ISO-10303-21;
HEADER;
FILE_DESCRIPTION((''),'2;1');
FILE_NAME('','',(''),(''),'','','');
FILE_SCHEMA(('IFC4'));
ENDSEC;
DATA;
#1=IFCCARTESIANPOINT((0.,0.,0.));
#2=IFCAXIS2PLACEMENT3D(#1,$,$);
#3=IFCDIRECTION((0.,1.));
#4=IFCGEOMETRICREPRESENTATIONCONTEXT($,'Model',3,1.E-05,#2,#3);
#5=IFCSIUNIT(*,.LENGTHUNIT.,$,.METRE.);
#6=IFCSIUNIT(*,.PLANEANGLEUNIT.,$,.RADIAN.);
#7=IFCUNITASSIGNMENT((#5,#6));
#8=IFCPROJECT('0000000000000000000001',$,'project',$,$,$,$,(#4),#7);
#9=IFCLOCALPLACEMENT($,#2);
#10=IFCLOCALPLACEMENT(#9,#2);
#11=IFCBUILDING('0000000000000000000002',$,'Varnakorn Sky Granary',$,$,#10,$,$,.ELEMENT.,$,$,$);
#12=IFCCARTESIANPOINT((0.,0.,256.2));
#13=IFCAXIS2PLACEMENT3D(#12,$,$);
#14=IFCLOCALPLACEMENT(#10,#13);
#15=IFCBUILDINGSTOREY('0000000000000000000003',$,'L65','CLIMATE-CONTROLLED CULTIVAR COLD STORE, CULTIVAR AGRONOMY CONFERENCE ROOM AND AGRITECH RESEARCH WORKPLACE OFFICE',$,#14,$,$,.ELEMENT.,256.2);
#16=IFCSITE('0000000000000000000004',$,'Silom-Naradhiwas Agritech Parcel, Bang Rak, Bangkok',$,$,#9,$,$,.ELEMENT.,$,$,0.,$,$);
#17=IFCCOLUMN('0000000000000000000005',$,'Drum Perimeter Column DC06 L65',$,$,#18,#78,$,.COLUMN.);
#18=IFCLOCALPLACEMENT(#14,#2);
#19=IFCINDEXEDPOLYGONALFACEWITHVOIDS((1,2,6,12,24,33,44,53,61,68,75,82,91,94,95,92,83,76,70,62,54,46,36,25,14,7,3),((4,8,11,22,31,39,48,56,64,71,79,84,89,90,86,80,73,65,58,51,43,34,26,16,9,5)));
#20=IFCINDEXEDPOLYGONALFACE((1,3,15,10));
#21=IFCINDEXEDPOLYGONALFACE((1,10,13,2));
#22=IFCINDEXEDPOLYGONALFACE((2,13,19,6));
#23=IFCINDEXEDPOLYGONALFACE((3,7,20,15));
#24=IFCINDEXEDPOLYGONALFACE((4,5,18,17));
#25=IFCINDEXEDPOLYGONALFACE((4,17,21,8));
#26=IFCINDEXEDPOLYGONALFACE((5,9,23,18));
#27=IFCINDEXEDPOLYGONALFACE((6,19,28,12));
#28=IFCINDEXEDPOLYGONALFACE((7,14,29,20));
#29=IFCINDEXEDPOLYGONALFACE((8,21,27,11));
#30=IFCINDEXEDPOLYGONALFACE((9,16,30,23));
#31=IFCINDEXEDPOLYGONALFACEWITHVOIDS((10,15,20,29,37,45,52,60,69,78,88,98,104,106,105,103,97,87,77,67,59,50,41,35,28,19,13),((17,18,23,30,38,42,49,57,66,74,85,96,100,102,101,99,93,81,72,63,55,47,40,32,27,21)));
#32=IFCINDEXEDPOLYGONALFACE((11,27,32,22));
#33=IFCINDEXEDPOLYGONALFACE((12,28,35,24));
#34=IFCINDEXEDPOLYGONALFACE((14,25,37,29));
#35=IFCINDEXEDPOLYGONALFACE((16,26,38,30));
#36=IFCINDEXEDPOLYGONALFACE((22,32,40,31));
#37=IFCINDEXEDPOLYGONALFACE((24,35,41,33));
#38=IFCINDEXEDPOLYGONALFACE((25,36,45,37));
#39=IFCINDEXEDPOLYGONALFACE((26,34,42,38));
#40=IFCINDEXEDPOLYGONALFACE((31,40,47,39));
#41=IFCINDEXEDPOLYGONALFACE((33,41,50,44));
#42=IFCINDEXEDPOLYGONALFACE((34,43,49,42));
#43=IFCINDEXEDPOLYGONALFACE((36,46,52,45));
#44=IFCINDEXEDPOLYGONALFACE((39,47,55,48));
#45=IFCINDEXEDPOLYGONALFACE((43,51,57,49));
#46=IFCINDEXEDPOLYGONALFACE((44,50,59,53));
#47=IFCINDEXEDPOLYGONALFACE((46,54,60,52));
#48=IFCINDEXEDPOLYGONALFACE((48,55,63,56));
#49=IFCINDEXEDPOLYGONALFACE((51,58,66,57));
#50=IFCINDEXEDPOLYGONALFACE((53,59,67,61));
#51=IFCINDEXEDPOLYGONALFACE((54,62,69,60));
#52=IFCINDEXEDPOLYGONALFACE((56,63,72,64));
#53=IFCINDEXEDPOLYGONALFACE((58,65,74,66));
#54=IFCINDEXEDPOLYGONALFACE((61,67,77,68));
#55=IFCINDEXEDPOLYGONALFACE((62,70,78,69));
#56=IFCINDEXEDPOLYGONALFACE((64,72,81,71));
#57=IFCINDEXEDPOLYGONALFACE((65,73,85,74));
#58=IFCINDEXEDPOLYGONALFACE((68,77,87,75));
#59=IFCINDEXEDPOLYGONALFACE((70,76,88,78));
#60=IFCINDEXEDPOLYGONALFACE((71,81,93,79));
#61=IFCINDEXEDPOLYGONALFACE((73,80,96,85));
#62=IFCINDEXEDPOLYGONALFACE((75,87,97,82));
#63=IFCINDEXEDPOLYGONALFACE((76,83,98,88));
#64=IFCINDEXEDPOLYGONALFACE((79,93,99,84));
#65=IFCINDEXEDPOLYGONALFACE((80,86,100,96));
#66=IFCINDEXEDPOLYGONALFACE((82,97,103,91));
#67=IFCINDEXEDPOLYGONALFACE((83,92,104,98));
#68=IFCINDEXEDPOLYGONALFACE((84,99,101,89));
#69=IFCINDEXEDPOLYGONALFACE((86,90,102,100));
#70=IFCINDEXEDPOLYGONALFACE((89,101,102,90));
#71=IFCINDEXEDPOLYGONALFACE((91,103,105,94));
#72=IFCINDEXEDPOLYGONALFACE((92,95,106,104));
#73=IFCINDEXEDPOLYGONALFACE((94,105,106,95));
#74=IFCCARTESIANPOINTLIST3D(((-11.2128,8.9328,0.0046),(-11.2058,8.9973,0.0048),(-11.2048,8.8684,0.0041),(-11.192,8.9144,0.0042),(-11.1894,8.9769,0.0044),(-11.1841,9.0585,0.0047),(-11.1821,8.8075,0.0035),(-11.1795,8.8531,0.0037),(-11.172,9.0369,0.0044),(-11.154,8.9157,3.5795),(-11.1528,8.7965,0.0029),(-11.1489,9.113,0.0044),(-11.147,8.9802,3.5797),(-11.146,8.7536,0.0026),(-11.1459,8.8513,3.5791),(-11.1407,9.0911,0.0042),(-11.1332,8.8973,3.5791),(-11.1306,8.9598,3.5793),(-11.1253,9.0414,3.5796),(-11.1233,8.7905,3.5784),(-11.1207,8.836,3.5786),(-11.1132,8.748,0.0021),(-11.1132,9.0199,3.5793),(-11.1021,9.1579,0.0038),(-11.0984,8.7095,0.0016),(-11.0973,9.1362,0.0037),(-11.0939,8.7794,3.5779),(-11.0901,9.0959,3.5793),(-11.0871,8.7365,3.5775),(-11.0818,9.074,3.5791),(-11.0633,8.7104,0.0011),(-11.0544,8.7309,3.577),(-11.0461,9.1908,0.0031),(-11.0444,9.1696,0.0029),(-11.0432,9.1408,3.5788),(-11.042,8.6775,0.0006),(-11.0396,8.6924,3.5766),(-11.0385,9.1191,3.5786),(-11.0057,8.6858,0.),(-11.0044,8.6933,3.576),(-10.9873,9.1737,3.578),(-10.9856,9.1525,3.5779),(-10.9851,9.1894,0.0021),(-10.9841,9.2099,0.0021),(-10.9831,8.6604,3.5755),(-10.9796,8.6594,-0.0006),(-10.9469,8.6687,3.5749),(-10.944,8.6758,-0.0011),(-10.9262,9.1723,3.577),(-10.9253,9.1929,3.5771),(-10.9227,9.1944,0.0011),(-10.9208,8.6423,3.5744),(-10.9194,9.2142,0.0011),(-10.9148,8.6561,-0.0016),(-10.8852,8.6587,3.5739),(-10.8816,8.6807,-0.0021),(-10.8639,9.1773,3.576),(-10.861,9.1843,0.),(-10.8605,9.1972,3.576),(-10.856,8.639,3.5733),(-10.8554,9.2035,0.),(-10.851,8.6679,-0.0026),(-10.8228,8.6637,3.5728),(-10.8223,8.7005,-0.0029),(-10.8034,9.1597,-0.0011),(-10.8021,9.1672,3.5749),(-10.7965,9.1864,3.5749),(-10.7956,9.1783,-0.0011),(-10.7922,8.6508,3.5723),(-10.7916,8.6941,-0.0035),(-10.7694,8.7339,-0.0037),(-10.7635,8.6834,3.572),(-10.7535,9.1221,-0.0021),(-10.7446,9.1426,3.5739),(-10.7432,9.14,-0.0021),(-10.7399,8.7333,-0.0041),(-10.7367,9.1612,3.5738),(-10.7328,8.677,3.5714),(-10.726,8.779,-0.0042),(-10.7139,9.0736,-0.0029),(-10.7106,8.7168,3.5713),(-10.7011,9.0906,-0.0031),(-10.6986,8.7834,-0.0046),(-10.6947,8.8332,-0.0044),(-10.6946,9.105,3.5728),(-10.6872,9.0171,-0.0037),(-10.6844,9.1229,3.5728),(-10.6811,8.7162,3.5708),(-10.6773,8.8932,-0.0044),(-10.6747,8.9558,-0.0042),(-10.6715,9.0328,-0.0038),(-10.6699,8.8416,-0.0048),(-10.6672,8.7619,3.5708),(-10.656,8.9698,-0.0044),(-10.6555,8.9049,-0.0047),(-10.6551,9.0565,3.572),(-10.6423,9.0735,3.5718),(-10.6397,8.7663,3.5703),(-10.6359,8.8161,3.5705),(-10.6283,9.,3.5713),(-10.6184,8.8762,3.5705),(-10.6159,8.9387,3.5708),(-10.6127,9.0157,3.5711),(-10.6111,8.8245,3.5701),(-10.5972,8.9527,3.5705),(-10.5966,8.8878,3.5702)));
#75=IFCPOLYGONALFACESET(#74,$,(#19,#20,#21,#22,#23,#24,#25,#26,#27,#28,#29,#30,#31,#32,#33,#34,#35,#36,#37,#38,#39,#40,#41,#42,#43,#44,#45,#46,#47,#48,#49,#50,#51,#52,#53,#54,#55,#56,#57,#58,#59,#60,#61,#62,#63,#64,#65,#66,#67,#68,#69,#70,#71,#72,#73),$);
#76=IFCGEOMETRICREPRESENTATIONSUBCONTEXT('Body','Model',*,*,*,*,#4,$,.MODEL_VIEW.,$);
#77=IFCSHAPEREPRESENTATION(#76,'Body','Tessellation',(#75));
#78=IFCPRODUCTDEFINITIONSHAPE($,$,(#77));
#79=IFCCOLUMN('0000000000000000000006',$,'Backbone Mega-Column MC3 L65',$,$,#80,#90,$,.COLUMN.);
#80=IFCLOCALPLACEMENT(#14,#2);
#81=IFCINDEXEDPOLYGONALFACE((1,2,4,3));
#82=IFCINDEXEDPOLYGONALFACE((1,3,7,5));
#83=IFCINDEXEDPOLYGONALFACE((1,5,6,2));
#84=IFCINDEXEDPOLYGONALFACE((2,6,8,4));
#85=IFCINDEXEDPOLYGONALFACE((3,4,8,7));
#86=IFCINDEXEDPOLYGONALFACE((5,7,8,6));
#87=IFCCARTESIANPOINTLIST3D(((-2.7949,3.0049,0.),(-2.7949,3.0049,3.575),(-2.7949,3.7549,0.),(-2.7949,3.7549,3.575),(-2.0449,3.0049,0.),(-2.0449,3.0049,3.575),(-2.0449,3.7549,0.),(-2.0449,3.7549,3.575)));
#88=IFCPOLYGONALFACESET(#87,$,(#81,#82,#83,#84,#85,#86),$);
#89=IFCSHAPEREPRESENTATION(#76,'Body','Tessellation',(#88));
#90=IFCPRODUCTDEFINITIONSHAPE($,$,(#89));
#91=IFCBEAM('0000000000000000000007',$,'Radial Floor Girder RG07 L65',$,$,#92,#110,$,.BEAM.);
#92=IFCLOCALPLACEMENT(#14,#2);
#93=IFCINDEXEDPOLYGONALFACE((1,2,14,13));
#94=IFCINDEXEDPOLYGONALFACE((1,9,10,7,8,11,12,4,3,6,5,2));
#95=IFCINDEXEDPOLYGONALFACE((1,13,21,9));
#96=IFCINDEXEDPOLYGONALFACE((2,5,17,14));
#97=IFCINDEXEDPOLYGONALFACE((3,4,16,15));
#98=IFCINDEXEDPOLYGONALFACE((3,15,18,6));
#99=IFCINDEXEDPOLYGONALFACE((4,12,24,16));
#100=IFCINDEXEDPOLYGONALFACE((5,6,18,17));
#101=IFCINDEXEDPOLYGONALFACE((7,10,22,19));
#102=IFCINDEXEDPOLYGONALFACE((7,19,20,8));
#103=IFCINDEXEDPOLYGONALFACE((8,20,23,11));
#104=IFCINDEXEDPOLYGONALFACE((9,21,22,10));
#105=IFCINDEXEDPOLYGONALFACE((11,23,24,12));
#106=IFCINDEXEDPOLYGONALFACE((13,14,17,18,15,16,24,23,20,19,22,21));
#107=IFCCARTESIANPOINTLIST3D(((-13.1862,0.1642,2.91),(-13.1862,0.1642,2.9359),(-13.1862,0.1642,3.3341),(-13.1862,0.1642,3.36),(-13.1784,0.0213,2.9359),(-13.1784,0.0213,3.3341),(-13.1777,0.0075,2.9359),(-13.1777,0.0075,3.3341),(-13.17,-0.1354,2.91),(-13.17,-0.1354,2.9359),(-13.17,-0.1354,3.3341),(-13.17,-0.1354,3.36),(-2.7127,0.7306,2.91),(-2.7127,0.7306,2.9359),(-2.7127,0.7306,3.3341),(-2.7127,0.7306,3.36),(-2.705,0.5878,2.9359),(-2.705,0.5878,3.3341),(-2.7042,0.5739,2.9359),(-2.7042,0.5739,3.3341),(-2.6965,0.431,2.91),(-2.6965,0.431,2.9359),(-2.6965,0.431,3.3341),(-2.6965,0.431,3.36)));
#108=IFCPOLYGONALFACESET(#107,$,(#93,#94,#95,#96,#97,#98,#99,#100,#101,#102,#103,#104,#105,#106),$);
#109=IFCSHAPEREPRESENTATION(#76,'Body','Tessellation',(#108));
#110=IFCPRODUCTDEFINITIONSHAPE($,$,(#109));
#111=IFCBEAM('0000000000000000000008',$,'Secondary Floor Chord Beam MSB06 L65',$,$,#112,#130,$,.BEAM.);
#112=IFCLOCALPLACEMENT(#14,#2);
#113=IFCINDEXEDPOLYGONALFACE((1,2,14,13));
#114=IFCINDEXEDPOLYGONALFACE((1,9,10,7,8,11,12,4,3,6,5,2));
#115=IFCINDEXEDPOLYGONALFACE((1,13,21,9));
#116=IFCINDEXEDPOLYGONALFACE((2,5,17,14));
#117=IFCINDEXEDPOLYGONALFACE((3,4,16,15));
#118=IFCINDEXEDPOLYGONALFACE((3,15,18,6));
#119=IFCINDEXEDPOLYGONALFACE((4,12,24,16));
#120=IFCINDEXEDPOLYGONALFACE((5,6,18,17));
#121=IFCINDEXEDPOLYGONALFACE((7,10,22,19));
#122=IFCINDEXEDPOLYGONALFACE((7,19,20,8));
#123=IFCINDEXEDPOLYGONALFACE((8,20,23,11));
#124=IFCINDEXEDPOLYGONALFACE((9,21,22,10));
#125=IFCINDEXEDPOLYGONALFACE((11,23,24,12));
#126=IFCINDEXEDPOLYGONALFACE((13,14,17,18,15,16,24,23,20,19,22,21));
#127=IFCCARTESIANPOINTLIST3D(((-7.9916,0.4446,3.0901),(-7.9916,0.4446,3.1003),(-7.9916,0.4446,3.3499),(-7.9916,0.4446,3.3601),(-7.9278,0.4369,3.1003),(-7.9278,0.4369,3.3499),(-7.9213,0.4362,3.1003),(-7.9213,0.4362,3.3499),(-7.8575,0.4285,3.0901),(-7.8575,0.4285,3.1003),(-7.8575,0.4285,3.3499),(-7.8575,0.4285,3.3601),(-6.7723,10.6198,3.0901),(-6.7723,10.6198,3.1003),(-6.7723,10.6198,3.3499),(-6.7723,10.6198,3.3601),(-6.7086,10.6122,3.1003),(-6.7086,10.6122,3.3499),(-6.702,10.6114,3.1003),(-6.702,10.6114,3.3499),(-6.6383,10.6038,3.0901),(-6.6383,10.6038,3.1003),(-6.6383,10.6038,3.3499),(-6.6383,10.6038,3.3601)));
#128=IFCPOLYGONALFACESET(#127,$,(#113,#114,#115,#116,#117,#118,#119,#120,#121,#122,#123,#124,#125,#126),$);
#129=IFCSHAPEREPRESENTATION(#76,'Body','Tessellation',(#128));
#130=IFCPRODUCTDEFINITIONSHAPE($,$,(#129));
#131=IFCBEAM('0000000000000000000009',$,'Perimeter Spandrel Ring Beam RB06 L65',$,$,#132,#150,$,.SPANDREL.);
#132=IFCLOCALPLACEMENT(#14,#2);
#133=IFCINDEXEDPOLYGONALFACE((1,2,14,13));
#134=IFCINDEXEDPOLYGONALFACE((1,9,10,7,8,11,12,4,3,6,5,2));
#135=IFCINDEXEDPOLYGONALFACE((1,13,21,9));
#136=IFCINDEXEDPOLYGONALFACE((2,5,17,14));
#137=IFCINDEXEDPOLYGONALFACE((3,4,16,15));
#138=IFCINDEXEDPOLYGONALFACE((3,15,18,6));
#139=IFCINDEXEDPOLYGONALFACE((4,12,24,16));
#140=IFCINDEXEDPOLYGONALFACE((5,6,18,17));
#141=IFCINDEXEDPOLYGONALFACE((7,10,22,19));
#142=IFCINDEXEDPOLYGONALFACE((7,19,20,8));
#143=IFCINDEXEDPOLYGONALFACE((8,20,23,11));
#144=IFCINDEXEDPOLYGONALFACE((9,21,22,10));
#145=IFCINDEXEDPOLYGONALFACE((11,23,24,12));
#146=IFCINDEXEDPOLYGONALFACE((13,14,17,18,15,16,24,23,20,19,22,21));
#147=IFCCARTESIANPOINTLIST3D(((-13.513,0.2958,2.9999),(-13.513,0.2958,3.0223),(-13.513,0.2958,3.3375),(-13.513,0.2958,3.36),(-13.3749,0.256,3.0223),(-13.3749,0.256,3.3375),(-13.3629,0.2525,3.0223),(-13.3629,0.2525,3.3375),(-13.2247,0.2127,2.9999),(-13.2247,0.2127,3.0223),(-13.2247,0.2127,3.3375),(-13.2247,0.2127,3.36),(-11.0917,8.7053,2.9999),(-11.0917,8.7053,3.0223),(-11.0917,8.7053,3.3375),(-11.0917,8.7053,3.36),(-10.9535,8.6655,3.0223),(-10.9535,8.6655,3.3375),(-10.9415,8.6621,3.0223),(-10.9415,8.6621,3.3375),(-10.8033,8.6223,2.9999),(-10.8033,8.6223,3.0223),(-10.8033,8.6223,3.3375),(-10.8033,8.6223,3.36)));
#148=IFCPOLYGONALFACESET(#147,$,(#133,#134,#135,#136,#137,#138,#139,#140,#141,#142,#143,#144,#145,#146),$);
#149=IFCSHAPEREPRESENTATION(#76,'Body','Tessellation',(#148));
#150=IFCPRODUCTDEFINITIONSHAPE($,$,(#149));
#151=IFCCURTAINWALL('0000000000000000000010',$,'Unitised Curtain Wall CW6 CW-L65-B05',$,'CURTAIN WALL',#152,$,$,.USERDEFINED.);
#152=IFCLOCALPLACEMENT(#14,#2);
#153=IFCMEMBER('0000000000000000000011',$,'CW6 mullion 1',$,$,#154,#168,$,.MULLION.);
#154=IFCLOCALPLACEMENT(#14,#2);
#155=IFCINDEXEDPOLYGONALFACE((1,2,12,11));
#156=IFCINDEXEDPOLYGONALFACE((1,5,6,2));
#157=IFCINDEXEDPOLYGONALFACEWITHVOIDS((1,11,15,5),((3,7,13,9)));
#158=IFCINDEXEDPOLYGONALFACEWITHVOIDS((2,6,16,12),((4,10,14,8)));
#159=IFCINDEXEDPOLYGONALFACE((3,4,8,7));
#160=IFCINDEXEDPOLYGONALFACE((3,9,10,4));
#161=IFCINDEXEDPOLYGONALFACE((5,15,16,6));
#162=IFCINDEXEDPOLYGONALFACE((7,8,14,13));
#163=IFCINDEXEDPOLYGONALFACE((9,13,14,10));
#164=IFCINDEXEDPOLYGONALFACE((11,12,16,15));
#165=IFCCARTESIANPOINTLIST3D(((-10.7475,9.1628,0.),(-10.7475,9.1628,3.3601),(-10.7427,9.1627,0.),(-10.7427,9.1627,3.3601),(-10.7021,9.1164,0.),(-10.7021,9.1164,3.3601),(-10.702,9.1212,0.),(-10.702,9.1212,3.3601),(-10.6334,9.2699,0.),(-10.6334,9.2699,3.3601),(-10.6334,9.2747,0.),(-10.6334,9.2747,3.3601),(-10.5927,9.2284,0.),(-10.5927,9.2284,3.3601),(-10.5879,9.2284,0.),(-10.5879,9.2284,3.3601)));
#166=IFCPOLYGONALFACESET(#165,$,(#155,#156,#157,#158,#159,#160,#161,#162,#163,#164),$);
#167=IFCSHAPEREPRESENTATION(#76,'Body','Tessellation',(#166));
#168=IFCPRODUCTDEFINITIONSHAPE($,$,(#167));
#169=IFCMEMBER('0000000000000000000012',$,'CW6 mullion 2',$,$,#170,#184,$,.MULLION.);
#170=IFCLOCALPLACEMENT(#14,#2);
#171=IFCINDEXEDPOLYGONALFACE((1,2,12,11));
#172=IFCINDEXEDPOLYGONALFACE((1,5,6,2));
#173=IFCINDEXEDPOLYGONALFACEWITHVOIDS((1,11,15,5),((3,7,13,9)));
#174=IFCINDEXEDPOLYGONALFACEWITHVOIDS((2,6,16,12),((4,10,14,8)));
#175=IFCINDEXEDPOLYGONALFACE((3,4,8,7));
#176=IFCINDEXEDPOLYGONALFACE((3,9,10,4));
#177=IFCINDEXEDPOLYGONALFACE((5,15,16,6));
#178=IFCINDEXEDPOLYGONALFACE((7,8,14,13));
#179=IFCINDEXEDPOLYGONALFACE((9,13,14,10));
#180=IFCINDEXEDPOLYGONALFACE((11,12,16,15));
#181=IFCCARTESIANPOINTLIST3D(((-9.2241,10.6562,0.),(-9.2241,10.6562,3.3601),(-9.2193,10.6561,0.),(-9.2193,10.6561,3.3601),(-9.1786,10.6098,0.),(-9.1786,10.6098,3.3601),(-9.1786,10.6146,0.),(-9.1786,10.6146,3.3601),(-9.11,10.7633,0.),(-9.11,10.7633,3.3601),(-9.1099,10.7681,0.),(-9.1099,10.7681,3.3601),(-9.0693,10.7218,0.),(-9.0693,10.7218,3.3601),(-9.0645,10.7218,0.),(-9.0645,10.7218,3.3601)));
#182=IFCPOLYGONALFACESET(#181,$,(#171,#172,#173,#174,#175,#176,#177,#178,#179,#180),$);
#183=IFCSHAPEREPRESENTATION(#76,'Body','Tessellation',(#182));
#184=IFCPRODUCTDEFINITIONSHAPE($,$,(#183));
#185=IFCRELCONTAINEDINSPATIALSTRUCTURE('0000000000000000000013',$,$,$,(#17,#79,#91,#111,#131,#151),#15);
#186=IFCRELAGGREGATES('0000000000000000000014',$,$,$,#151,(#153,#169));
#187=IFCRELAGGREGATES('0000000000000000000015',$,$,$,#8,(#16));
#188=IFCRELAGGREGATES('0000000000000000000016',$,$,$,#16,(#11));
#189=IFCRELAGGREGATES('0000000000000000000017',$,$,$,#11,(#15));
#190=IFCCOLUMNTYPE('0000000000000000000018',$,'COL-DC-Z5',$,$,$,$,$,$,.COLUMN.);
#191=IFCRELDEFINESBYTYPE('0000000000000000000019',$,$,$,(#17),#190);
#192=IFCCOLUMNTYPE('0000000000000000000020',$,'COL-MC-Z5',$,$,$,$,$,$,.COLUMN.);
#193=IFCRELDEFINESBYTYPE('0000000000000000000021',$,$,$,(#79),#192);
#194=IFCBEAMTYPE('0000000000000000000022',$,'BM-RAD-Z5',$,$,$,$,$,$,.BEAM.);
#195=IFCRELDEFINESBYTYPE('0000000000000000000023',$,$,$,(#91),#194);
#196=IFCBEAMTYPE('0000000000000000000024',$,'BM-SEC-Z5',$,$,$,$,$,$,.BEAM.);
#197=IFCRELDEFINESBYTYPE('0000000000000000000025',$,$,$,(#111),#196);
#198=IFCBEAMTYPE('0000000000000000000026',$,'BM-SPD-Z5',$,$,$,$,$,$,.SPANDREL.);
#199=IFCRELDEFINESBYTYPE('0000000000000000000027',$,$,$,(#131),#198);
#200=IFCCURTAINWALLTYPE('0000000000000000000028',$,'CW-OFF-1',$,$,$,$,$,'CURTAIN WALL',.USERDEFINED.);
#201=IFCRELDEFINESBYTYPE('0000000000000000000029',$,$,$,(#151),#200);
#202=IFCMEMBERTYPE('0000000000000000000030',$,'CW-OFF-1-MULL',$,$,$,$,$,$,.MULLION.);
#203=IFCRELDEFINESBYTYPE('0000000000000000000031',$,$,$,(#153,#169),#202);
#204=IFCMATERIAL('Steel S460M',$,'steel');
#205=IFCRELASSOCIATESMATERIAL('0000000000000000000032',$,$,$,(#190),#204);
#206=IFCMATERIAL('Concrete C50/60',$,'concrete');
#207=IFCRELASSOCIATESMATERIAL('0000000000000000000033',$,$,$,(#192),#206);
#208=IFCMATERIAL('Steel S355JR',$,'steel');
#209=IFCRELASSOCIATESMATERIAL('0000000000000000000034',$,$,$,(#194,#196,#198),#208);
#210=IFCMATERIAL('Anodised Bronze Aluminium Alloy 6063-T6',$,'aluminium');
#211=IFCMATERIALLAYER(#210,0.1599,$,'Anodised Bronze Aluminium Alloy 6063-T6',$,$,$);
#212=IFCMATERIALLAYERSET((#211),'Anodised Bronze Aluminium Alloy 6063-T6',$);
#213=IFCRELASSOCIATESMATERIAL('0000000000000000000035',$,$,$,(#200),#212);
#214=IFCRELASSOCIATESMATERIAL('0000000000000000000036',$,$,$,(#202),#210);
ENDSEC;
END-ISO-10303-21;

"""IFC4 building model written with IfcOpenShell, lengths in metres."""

from ifc_helpers import new_model, si_unit, direction, frame, origin, origin_2d, place, context, subcontext, project, spatial, rectangle, hollow_rectangle, hollow_circle, i_section, extrude, material, layer, layer_set, material_profile, profile_set, type_object, element, aggregate, save


model = new_model("IFC4")

# Units and contexts
model_context = context("Model", 3, precision=1e-05, world=origin(), true_north=direction((0.0, 1.0)))
body_context = subcontext(model_context, "Body", "Model", "MODEL_VIEW")
ifc_project = project(units=[si_unit("LENGTHUNIT", "METRE"), si_unit("PLANEANGLEUNIT", "RADIAN")], contexts=[model_context])

# Site, building, storey
site_placement = place(None, origin())
site = spatial("IfcSite", under=ifc_project, at=site_placement, Name="Silom-Naradhiwas Agritech Parcel, Bang Rak, Bangkok", CompositionType="ELEMENT", RefElevation=0.0)
building_placement = place(site_placement, origin())
building = spatial("IfcBuilding", under=site, at=building_placement, Name="Varnakorn Sky Granary", CompositionType="ELEMENT")
storey_placement = place(building_placement, frame((0.0, 0.0, 256.2)))
storey = spatial("IfcBuildingStorey", under=building, at=storey_placement, Name="L65", Description="CLIMATE-CONTROLLED CULTIVAR COLD STORE, CULTIVAR AGRONOMY CONFERENCE ROOM AND AGRITECH RESEARCH WORKPLACE OFFICE", CompositionType="ELEMENT", Elevation=256.2)

# Columns
ifc_material_1 = material(Name="Steel S460M", Category="steel")
ifc_material_profile_1 = material_profile(ifc_material_1, hollow_circle(Radius=0.2795, WallThickness=0.02, at=origin_2d()), Name="CHS 559x20")
ifc_profile_set_1 = profile_set([ifc_material_profile_1], Name="Steel S460M")
column_type_1 = type_object("IfcColumnType", Name="COL-DC-Z5", PredefinedType="COLUMN", material=ifc_profile_set_1)
column_1_placement = place(storey_placement, frame((-10.9333, 8.9351, 0.0), z_axis=(0.016456, -0.00478, 0.999853), x_axis=(0.278929, 0.960312, 0.0)))
element("IfcColumn", 1, at=column_1_placement, inside=storey, type_object=column_type_1, Name="Drum Perimeter Column DC06 L65", PredefinedType="COLUMN", context=body_context, shape_type="SweptSolid", body=[
    extrude(hollow_circle(Radius=0.2795, WallThickness=0.02, at=origin_2d()), origin(), (0.0, 0.0, 1.0), 3.5754),
])
ifc_material_2 = material(Name="Concrete C50/60", Category="concrete")
ifc_material_profile_2 = material_profile(ifc_material_2, rectangle(XDim=0.75, YDim=0.75, at=origin_2d()), Name="RC 750x750")
ifc_profile_set_2 = profile_set([ifc_material_profile_2], Name="Concrete C50/60")
column_type_2 = type_object("IfcColumnType", Name="COL-MC-Z5", PredefinedType="COLUMN", material=ifc_profile_set_2)
column_2_placement = place(storey_placement, frame((-2.4199, 3.3799, 0.0), z_axis=(0.0, 0.0, 1.0), x_axis=(1.0, 0.0, 0.0)))
element("IfcColumn", 2, at=column_2_placement, inside=storey, type_object=column_type_2, Name="Backbone Mega-Column MC3 L65", PredefinedType="COLUMN", context=body_context, shape_type="SweptSolid", body=[
    extrude(rectangle(XDim=0.75, YDim=0.75, at=origin_2d()), origin(), (0.0, 0.0, 1.0), 3.575),
])

# Beams
ifc_material_3 = material(Name="Steel S355JR", Category="steel")
ifc_material_profile_3 = material_profile(ifc_material_3, i_section(OverallWidth=0.3, OverallDepth=0.45, WebThickness=0.0139, FlangeThickness=0.0259, at=origin_2d()), Name="HE 450 B")
ifc_profile_set_3 = profile_set([ifc_material_profile_3], Name="Steel S355JR")
beam_type_1 = type_object("IfcBeamType", Name="BM-RAD-Z5", PredefinedType="BEAM", material=ifc_profile_set_3)
beam_1_placement = place(storey_placement, frame((-2.7046, 0.5808, 3.135), z_axis=(-0.998541, -0.054002, 0.0), x_axis=(0.054002, -0.998541, 0.0)))
element("IfcBeam", 3, at=beam_1_placement, inside=storey, type_object=beam_type_1, Name="Radial Floor Girder RG07 L65", PredefinedType="BEAM", context=body_context, shape_type="SweptSolid", body=[
    extrude(i_section(OverallWidth=0.3, OverallDepth=0.45, WebThickness=0.0139, FlangeThickness=0.0259, at=origin_2d()), origin(), (0.0, 0.0, 1.0), 10.4888),
])
ifc_material_profile_4 = material_profile(ifc_material_3, i_section(OverallWidth=0.135, OverallDepth=0.27, WebThickness=0.0066, FlangeThickness=0.0103, at=origin_2d()), Name="IPE 270")
ifc_profile_set_4 = profile_set([ifc_material_profile_4], Name="Steel S355JR")
beam_type_2 = type_object("IfcBeamType", Name="BM-SEC-Z5", PredefinedType="BEAM", material=ifc_profile_set_4)
beam_2_placement = place(storey_placement, frame((-6.7053, 10.6118, 3.2251), z_axis=(-0.118972, -0.992898, 0.0), x_axis=(0.992898, -0.118972, 0.0)))
element("IfcBeam", 4, at=beam_2_placement, inside=storey, type_object=beam_type_2, Name="Secondary Floor Chord Beam MSB06 L65", PredefinedType="BEAM", context=body_context, shape_type="SweptSolid", body=[
    extrude(i_section(OverallWidth=0.135, OverallDepth=0.27, WebThickness=0.0066, FlangeThickness=0.0103, at=origin_2d()), origin(), (0.0, 0.0, 1.0), 10.248),
])
ifc_material_profile_5 = material_profile(ifc_material_3, i_section(OverallWidth=0.3, OverallDepth=0.3601, WebThickness=0.0125, FlangeThickness=0.0225, at=origin_2d()), Name="HE 360 B")
ifc_profile_set_5 = profile_set([ifc_material_profile_5], Name="Steel S355JR")
beam_type_3 = type_object("IfcBeamType", Name="BM-SPD-Z5", PredefinedType="SPANDREL", material=ifc_profile_set_5)
beam_3_placement = place(storey_placement, frame((-10.9475, 8.6638, 3.1799), z_axis=(-0.276688, -0.96096, 0.0), x_axis=(0.96096, -0.276688, 0.0)))
element("IfcBeam", 5, at=beam_3_placement, inside=storey, type_object=beam_type_3, Name="Perimeter Spandrel Ring Beam RB06 L65", PredefinedType="SPANDREL", context=body_context, shape_type="SweptSolid", body=[
    extrude(i_section(OverallWidth=0.3, OverallDepth=0.3601, WebThickness=0.0125, FlangeThickness=0.0225, at=origin_2d()), origin(), (0.0, 0.0, 1.0), 8.7512),
])

# Curtain wall, members
ifc_material_4 = material(Name="Anodised Bronze Aluminium Alloy 6063-T6", Category="aluminium")
ifc_layer_1 = layer(ifc_material_4, 0.1599, Name="Anodised Bronze Aluminium Alloy 6063-T6")
ifc_layer_set_1 = layer_set([ifc_layer_1], Name="Anodised Bronze Aluminium Alloy 6063-T6")
curtain_wall_type = type_object("IfcCurtainWallType", Name="CW-OFF-1", ElementType="CURTAIN WALL", PredefinedType="USERDEFINED", material=ifc_layer_set_1)
curtain_wall_placement = place(storey_placement, origin())
curtain_wall = element("IfcCurtainWall", 6, at=curtain_wall_placement, inside=storey, type_object=curtain_wall_type, Name="Unitised Curtain Wall CW6 CW-L65-B05", ObjectType="CURTAIN WALL", PredefinedType="USERDEFINED")
ifc_material_profile_6 = material_profile(ifc_material_4, hollow_rectangle(XDim=0.0649, YDim=0.1599, WallThickness=0.0034, at=origin_2d()), Name="ALU MULL 65x160")
ifc_profile_set_6 = profile_set([ifc_material_profile_6], Name="Anodised Bronze Aluminium Alloy 6063-T6")
member_type_1 = type_object("IfcMemberType", Name="CW-OFF-1-MULL", PredefinedType="MULLION", material=ifc_profile_set_6)
member_1_placement = place(storey_placement, frame((-10.6677, 9.1956, 0.0), z_axis=(0.0, 0.0, 1.0), x_axis=(-0.700118, 0.714027, 0.0)))
member_1 = element("IfcMember", 7, at=member_1_placement, type_object=member_type_1, Name="CW6 mullion 1", PredefinedType="MULLION", context=body_context, shape_type="SweptSolid", body=[
    extrude(hollow_rectangle(XDim=0.0649, YDim=0.1599, WallThickness=0.0034, at=origin_2d()), origin(), (0.0, 0.0, 1.0), 3.3601),
])
member_2_placement = place(storey_placement, frame((-9.1443, 10.689, 0.0), z_axis=(0.0, 0.0, 1.0), x_axis=(-0.700118, 0.714027, 0.0)))
member_2 = element("IfcMember", 8, at=member_2_placement, type_object=member_type_1, Name="CW6 mullion 2", PredefinedType="MULLION", context=body_context, shape_type="SweptSolid", body=[
    extrude(hollow_rectangle(XDim=0.0649, YDim=0.1599, WallThickness=0.0034, at=origin_2d()), origin(), (0.0, 0.0, 1.0), 3.3601),
])

aggregate(curtain_wall, [member_1, member_2])

save(model, "model.ifc")
